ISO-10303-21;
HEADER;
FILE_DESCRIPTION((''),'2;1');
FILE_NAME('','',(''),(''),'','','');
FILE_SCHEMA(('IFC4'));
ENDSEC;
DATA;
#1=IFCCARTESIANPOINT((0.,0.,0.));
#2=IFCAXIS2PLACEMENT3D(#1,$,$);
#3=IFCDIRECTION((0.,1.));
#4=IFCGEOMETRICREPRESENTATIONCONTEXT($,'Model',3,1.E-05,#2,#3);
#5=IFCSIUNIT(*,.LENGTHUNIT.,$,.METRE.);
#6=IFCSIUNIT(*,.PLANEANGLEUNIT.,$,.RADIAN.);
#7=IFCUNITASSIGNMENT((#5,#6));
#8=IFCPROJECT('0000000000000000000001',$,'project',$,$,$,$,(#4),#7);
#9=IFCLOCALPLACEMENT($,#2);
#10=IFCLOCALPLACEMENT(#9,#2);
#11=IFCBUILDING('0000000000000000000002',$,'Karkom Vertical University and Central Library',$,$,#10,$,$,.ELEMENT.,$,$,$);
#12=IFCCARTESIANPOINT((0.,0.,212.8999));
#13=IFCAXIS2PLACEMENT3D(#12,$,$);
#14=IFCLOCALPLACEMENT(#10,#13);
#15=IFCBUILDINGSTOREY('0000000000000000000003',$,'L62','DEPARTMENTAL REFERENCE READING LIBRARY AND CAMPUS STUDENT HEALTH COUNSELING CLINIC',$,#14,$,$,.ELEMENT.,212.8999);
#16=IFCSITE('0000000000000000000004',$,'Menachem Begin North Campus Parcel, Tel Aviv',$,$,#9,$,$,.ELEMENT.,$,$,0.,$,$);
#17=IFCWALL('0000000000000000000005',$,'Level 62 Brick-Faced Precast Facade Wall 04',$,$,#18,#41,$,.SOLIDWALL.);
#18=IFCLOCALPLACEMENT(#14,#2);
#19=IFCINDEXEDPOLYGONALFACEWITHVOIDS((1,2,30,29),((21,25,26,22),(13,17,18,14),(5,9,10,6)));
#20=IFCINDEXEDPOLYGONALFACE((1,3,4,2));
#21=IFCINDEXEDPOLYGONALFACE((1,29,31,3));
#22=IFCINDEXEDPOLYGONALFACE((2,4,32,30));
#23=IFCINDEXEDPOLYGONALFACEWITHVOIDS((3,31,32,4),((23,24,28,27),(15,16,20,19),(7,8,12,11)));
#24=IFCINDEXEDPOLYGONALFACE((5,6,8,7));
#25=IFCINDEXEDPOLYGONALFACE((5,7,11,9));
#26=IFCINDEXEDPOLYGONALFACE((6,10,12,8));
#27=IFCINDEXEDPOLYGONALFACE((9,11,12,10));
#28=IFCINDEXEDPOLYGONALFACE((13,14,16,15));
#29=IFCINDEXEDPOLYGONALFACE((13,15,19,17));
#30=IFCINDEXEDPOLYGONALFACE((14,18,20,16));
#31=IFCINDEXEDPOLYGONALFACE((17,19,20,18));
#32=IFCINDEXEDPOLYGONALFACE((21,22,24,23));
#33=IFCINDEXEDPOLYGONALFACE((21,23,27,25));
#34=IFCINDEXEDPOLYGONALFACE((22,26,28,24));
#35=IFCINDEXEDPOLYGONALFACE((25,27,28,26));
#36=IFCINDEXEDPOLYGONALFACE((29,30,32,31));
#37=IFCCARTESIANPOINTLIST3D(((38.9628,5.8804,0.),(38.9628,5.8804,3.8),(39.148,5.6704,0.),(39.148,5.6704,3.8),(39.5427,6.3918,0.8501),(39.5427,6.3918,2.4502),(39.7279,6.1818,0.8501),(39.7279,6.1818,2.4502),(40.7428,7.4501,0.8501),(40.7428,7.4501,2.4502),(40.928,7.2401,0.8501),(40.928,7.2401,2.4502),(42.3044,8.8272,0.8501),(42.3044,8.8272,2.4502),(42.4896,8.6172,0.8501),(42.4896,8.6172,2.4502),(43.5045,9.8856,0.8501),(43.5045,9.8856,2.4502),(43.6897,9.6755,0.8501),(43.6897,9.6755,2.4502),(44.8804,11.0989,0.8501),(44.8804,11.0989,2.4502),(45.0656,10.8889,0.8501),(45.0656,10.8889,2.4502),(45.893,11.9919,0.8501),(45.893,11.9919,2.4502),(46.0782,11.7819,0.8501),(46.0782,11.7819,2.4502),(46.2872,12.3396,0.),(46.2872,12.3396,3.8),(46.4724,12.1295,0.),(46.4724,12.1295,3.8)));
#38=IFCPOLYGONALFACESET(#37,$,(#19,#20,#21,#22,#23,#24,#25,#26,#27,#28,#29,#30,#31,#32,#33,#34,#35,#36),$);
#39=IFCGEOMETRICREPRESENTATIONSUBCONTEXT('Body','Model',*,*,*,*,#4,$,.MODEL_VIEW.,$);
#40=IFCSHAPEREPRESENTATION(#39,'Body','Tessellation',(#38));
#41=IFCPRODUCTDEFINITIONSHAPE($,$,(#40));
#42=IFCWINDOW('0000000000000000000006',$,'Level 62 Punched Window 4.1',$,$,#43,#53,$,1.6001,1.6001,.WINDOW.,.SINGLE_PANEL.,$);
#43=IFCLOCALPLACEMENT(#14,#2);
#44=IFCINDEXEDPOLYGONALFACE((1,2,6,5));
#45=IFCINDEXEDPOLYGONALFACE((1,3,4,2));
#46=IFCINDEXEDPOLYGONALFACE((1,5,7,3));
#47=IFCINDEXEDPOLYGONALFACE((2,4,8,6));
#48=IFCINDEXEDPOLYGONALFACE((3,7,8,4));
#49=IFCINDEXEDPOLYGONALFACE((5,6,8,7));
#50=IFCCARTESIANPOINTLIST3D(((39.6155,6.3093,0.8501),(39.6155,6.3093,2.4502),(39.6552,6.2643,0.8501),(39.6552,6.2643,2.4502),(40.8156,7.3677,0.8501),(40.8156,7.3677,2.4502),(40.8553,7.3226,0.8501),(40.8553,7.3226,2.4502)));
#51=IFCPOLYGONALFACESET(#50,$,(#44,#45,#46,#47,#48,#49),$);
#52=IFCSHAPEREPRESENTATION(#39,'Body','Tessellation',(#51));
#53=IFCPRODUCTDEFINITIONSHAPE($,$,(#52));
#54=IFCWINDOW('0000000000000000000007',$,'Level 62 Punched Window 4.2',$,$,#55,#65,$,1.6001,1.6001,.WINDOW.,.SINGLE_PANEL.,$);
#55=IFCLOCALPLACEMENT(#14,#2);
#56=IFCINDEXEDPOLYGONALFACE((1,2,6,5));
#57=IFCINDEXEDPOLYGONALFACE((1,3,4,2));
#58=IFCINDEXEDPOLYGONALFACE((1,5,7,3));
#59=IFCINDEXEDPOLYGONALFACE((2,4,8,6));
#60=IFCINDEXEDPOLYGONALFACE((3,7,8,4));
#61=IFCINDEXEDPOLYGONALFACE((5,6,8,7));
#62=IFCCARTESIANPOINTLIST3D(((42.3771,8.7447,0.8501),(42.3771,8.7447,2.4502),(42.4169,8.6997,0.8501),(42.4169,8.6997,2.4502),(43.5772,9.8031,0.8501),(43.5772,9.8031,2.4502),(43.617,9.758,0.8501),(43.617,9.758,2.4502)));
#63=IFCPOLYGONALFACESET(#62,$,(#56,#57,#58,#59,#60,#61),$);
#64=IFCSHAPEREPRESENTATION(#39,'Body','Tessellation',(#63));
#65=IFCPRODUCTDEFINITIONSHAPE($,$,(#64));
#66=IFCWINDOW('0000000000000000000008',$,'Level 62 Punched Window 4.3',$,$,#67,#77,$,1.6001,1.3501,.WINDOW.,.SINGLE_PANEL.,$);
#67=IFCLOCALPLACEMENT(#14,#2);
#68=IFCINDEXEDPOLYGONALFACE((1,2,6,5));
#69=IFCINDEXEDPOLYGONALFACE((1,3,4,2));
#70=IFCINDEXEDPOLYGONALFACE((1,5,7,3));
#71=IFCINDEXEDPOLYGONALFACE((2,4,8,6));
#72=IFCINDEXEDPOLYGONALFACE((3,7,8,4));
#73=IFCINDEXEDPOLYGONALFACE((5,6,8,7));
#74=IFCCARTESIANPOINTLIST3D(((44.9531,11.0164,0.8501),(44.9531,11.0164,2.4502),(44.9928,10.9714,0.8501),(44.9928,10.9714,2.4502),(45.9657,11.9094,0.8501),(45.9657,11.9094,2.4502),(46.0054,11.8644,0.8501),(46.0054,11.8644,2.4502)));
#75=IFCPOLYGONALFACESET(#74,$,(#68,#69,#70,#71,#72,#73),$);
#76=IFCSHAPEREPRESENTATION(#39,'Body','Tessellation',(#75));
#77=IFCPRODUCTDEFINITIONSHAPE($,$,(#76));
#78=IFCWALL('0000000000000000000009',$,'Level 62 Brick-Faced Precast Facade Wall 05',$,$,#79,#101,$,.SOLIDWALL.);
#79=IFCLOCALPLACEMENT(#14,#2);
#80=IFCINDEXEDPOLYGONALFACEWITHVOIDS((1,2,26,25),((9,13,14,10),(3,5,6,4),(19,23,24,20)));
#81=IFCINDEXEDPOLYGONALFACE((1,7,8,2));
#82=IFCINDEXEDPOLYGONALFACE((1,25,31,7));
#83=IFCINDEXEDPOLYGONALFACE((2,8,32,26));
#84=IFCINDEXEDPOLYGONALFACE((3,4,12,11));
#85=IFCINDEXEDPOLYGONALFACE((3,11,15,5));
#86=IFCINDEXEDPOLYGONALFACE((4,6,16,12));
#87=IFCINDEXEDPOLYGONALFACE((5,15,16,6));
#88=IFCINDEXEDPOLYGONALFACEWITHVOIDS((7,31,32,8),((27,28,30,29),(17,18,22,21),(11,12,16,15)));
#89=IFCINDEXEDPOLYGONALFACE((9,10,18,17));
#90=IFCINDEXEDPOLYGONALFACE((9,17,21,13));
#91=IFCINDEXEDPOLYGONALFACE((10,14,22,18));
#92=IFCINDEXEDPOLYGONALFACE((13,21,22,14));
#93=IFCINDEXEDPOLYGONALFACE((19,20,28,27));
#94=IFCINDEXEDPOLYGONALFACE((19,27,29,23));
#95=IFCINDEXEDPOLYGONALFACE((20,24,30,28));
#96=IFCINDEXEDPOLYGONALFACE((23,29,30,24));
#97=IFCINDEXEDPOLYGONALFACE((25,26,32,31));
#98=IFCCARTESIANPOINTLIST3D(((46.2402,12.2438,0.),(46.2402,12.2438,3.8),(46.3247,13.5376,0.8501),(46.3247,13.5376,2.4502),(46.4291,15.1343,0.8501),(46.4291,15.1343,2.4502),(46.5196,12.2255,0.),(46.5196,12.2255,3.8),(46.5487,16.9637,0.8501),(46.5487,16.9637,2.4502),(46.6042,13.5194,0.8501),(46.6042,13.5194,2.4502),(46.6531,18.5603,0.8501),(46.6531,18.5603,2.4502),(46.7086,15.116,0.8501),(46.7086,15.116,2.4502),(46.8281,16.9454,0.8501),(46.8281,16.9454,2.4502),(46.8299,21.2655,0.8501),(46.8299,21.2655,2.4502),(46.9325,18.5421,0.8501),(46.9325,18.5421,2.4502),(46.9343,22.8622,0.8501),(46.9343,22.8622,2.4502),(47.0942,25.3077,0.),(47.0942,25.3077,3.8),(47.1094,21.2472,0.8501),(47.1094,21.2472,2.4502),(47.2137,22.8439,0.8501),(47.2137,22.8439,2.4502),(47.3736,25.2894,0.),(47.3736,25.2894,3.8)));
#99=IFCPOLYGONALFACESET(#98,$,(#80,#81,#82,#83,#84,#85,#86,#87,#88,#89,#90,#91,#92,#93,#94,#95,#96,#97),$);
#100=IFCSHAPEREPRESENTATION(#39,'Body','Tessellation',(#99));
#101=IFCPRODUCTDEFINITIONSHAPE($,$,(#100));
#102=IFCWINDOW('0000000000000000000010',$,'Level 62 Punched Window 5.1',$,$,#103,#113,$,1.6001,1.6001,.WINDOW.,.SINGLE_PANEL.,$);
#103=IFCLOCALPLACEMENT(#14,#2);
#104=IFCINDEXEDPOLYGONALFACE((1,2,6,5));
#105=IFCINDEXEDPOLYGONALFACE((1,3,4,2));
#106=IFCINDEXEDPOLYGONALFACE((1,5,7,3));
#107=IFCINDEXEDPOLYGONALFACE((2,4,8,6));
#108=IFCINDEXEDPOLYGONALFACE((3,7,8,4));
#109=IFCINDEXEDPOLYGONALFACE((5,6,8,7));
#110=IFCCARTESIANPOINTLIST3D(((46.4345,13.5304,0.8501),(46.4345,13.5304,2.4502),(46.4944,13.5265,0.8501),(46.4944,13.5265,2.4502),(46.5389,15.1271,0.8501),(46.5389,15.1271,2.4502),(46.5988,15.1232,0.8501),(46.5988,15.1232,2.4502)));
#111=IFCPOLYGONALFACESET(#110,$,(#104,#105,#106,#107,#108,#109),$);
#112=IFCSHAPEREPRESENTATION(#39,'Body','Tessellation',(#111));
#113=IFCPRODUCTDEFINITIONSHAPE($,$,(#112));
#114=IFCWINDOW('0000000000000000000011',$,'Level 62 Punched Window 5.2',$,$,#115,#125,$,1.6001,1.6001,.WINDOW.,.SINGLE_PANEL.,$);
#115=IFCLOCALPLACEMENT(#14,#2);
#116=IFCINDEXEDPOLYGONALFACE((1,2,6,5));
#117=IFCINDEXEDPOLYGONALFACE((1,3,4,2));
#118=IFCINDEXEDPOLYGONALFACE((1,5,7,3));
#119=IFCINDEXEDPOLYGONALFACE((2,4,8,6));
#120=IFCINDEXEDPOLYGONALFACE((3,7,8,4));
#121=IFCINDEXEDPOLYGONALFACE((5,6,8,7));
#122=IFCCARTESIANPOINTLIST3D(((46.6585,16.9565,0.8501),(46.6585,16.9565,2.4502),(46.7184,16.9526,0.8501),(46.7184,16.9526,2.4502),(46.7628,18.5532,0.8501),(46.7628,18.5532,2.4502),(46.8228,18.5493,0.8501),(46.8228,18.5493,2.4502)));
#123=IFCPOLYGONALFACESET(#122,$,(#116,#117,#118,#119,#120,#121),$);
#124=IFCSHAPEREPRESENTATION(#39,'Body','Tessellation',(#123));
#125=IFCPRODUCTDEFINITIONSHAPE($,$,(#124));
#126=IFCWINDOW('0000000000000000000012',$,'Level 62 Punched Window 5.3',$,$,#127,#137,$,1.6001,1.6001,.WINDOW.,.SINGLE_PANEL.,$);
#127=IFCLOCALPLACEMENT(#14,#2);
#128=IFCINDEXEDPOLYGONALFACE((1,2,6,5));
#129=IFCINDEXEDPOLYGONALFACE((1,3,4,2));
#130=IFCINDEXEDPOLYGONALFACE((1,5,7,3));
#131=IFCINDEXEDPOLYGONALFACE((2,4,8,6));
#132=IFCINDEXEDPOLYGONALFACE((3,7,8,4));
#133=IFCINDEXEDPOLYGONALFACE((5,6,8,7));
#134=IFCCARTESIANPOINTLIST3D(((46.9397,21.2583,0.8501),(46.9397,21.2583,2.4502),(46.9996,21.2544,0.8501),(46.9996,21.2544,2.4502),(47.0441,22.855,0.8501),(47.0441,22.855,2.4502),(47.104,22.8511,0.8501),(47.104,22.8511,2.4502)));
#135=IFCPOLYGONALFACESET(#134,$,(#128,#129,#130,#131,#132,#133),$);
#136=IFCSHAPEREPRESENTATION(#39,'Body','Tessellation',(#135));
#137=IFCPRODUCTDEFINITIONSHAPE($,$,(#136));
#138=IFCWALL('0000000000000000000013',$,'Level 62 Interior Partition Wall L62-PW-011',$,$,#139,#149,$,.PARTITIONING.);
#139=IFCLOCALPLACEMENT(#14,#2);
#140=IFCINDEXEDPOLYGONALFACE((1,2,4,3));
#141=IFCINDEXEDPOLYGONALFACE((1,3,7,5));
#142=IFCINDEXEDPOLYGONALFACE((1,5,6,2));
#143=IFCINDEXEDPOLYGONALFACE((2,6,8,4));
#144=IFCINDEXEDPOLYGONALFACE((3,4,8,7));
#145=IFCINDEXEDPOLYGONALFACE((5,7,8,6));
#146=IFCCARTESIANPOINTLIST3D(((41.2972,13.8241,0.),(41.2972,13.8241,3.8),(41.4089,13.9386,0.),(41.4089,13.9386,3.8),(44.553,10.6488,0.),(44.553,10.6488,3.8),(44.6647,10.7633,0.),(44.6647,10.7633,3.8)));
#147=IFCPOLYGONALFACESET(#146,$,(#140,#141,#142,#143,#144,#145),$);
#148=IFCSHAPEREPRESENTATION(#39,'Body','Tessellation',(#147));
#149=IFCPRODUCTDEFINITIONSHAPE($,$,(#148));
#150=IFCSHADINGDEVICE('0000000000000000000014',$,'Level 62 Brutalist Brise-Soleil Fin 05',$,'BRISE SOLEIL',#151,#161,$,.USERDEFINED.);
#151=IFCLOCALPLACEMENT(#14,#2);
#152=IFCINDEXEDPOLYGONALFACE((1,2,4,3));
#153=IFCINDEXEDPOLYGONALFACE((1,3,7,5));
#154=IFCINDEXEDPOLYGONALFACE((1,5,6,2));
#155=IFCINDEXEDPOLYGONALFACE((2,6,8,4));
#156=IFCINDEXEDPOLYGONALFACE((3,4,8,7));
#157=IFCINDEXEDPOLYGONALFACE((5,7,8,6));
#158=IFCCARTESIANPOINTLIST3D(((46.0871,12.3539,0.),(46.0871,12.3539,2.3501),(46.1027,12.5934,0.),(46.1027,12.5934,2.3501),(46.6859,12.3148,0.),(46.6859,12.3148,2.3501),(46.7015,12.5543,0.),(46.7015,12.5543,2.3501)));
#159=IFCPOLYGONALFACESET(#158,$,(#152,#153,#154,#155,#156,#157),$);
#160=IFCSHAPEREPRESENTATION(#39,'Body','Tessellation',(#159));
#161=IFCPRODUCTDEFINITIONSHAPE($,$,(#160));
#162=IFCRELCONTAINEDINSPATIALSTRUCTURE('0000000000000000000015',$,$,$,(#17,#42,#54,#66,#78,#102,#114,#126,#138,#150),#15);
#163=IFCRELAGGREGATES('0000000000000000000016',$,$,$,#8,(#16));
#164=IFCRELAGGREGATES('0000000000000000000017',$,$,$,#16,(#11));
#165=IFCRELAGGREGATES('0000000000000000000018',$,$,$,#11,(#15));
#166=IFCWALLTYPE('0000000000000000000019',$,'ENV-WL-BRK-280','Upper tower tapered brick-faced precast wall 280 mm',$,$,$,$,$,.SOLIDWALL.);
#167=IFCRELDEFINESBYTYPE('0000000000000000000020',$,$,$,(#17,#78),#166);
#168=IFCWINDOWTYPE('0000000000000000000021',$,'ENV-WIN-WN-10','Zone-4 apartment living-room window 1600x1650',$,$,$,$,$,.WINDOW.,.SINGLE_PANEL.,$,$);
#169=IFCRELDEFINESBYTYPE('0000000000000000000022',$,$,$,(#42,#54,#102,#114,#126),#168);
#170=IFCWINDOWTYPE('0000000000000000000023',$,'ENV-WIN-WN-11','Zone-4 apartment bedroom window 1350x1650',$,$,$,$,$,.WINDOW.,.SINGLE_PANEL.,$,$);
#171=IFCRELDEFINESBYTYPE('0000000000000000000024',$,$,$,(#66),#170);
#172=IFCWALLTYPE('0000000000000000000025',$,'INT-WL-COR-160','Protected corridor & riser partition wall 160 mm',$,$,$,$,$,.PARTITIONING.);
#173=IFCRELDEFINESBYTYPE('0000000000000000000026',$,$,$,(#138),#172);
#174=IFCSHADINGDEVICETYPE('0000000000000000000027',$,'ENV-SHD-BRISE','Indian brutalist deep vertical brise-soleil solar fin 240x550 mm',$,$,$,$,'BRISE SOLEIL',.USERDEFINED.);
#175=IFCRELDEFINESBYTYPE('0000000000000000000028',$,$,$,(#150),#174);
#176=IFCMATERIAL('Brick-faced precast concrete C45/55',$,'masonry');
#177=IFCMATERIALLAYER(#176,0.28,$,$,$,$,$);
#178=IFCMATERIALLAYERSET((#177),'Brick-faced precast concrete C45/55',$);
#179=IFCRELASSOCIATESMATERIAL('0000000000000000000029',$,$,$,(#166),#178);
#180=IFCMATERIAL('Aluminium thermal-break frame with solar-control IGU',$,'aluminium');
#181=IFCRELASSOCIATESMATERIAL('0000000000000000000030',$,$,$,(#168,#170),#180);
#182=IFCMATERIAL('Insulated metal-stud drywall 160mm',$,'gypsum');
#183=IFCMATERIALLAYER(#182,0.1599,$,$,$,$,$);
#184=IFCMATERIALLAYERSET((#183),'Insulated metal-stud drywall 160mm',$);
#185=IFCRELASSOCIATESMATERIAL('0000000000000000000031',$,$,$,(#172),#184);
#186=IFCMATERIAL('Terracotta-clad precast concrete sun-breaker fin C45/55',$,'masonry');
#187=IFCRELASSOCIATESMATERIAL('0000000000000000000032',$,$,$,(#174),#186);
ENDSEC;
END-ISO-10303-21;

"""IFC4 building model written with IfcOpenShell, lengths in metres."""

from ifc_helpers import new_model, si_unit, direction, frame, frame_2d, origin, origin_with_axes, origin_2d, place, context, subcontext, project, spatial, rectangle, extrude, source, transform, mapped, material, layer, layer_set, type_object, element, fill, save


model = new_model("IFC4")

# Units and contexts
model_context = context("Model", 3, precision=1e-05, world=origin(), true_north=direction((0.0, 1.0)))
body_context = subcontext(model_context, "Body", "Model", "MODEL_VIEW")
ifc_project = project(units=[si_unit("LENGTHUNIT", "METRE"), si_unit("PLANEANGLEUNIT", "RADIAN")], contexts=[model_context])

# Site, building, storey
site_placement = place(None, origin())
site = spatial("IfcSite", under=ifc_project, at=site_placement, Name="Menachem Begin North Campus Parcel, Tel Aviv", CompositionType="ELEMENT", RefElevation=0.0)
building_placement = place(site_placement, origin())
building = spatial("IfcBuilding", under=site, at=building_placement, Name="Karkom Vertical University and Central Library", CompositionType="ELEMENT")
storey_placement = place(building_placement, frame((0.0, 0.0, 212.8999)))
storey = spatial("IfcBuildingStorey", under=building, at=storey_placement, Name="L62", Description="DEPARTMENTAL REFERENCE READING LIBRARY AND CAMPUS STUDENT HEALTH COUNSELING CLINIC", CompositionType="ELEMENT", Elevation=212.8999)

# Walls, openings, windows
ifc_material_1 = material(Name="Brick-faced precast concrete C45/55", Category="masonry")
ifc_layer_1 = layer(ifc_material_1, 0.28)
ifc_layer_set_1 = layer_set([ifc_layer_1], Name="Brick-faced precast concrete C45/55")
wall_type_1 = type_object("IfcWallType", Name="ENV-WL-BRK-280", Description="Upper tower tapered brick-faced precast wall 280 mm", PredefinedType="SOLIDWALL", material=ifc_layer_set_1)
wall_1_placement = place(storey_placement, frame((39.0554, 5.7754, 0.0), z_axis=(0.0, 0.0, 1.0), x_axis=(0.750017, 0.661418, 0.0)))
wall_1 = element("IfcWall", 1, at=wall_1_placement, inside=storey, type_object=wall_type_1, Name="Level 62 Brick-Faced Precast Facade Wall 04", PredefinedType="SOLIDWALL", context=body_context, shape_type="SweptSolid", body=[
    extrude(rectangle(XDim=9.7656, YDim=0.28, at=frame_2d((4.8828, 0.0))), origin(), (0.0, 0.0, 1.0), 3.8),
])
opening_1_placement = place(wall_1_placement, frame((0.7732, 0.0, 0.8501)))
opening_1 = element("IfcOpeningElement", 2, at=opening_1_placement, cuts=wall_1, PredefinedType="OPENING", context=body_context, shape_type="SweptSolid", body=[
    extrude(rectangle(XDim=1.6001, YDim=1.6001, at=frame_2d((0.8, 0.8))), frame((0.0, 0.1499, 0.0), z_axis=(0.0, -1.0, 0.0), x_axis=(1.0, 0.0, 0.0)), (0.0, 0.0, 1.0), 0.3),
])
opening_2_placement = place(wall_1_placement, frame((4.4553, 0.0, 0.8501)))
opening_2 = element("IfcOpeningElement", 3, at=opening_2_placement, cuts=wall_1, PredefinedType="OPENING", context=body_context, shape_type="SweptSolid", body=[
    extrude(rectangle(XDim=1.6001, YDim=1.6001, at=frame_2d((0.8, 0.8))), frame((0.0, 0.1499, 0.0), z_axis=(0.0, -1.0, 0.0), x_axis=(1.0, 0.0, 0.0)), (0.0, 0.0, 1.0), 0.3),
])
opening_3_placement = place(wall_1_placement, frame((7.8899, 0.0, 0.8501)))
opening_3 = element("IfcOpeningElement", 4, at=opening_3_placement, cuts=wall_1, PredefinedType="OPENING", context=body_context, shape_type="SweptSolid", body=[
    extrude(rectangle(XDim=1.3501, YDim=1.6001, at=frame_2d((0.675, 0.8))), frame((0.0, 0.1499, 0.0), z_axis=(0.0, -1.0, 0.0), x_axis=(1.0, 0.0, 0.0)), (0.0, 0.0, 1.0), 0.3),
])
ifc_material_2 = material(Name="Aluminium thermal-break frame with solar-control IGU", Category="aluminium")
window_type_1 = type_object("IfcWindowType", Name="ENV-WIN-WN-10", Description="Zone-4 apartment living-room window 1600x1650", PartitioningType="SINGLE_PANEL", PredefinedType="WINDOW", material=ifc_material_2)
shared_shape_1 = source(origin_with_axes(), body_context, "Body", "SweptSolid", [
    extrude(rectangle(XDim=1.6001, YDim=1.6001, at=frame_2d((0.8, 0.8))), frame((0.0, 0.03, 0.0), z_axis=(0.0, -1.0, 0.0), x_axis=(1.0, 0.0, 0.0)), (0.0, 0.0, 1.0), 0.0601),
])
window_1_placement = place(opening_1_placement, origin())
window_1 = element("IfcWindow", 5, at=window_1_placement, inside=storey, type_object=window_type_1, Name="Level 62 Punched Window 4.1", OverallHeight=1.6001, OverallWidth=1.6001, PartitioningType="SINGLE_PANEL", PredefinedType="WINDOW", context=body_context, shape_type="MappedRepresentation", body=[
    mapped(shared_shape_1, transform((0.0, 0.0, 0.0), scale=1.0)),
])
fill(opening_1, window_1)
window_2_placement = place(opening_2_placement, origin())
window_2 = element("IfcWindow", 6, at=window_2_placement, inside=storey, type_object=window_type_1, Name="Level 62 Punched Window 4.2", OverallHeight=1.6001, OverallWidth=1.6001, PartitioningType="SINGLE_PANEL", PredefinedType="WINDOW", context=body_context, shape_type="MappedRepresentation", body=[
    mapped(shared_shape_1, transform((0.0, 0.0, 0.0), scale=1.0)),
])
fill(opening_2, window_2)
window_type_2 = type_object("IfcWindowType", Name="ENV-WIN-WN-11", Description="Zone-4 apartment bedroom window 1350x1650", PartitioningType="SINGLE_PANEL", PredefinedType="WINDOW", material=ifc_material_2)
shared_shape_2 = source(origin_with_axes(), body_context, "Body", "SweptSolid", [
    extrude(rectangle(XDim=1.3501, YDim=1.6001, at=frame_2d((0.675, 0.8))), frame((0.0, 0.03, 0.0), z_axis=(0.0, -1.0, 0.0), x_axis=(1.0, 0.0, 0.0)), (0.0, 0.0, 1.0), 0.0601),
])
window_3_placement = place(opening_3_placement, origin())
window_3 = element("IfcWindow", 7, at=window_3_placement, inside=storey, type_object=window_type_2, Name="Level 62 Punched Window 4.3", OverallHeight=1.6001, OverallWidth=1.3501, PartitioningType="SINGLE_PANEL", PredefinedType="WINDOW", context=body_context, shape_type="MappedRepresentation", body=[
    mapped(shared_shape_2, transform((0.0, 0.0, 0.0), scale=1.0)),
])
fill(opening_3, window_3)
wall_2_placement = place(storey_placement, frame((46.3799, 12.2346, 0.0), z_axis=(0.0, 0.0, 1.0), x_axis=(0.065232, 0.99787, 0.0)))
wall_2 = element("IfcWall", 8, at=wall_2_placement, inside=storey, type_object=wall_type_1, Name="Level 62 Brick-Faced Precast Facade Wall 05", PredefinedType="SOLIDWALL", context=body_context, shape_type="SweptSolid", body=[
    extrude(rectangle(XDim=13.0918, YDim=0.28, at=frame_2d((6.5459, 0.0))), origin(), (0.0, 0.0, 1.0), 3.8),
])
opening_4_placement = place(wall_2_placement, frame((1.2966, 0.0, 0.8501)))
opening_4 = element("IfcOpeningElement", 9, at=opening_4_placement, cuts=wall_2, PredefinedType="OPENING", context=body_context, shape_type="SweptSolid", body=[
    extrude(rectangle(XDim=1.6001, YDim=1.6001, at=frame_2d((0.8, 0.8))), frame((0.0, 0.1499, 0.0), z_axis=(0.0, -1.0, 0.0), x_axis=(1.0, 0.0, 0.0)), (0.0, 0.0, 1.0), 0.3),
])
opening_5_placement = place(wall_2_placement, frame((4.73, 0.0, 0.8501)))
opening_5 = element("IfcOpeningElement", 10, at=opening_5_placement, cuts=wall_2, PredefinedType="OPENING", context=body_context, shape_type="SweptSolid", body=[
    extrude(rectangle(XDim=1.6001, YDim=1.6001, at=frame_2d((0.8, 0.8))), frame((0.0, 0.1499, 0.0), z_axis=(0.0, -1.0, 0.0), x_axis=(1.0, 0.0, 0.0)), (0.0, 0.0, 1.0), 0.3),
])
opening_6_placement = place(wall_2_placement, frame((9.041, 0.0, 0.8501)))
opening_6 = element("IfcOpeningElement", 11, at=opening_6_placement, cuts=wall_2, PredefinedType="OPENING", context=body_context, shape_type="SweptSolid", body=[
    extrude(rectangle(XDim=1.6001, YDim=1.6001, at=frame_2d((0.8, 0.8))), frame((0.0, 0.1499, 0.0), z_axis=(0.0, -1.0, 0.0), x_axis=(1.0, 0.0, 0.0)), (0.0, 0.0, 1.0), 0.3),
])
window_4_placement = place(opening_4_placement, origin())
window_4 = element("IfcWindow", 12, at=window_4_placement, inside=storey, type_object=window_type_1, Name="Level 62 Punched Window 5.1", OverallHeight=1.6001, OverallWidth=1.6001, PartitioningType="SINGLE_PANEL", PredefinedType="WINDOW", context=body_context, shape_type="MappedRepresentation", body=[
    mapped(shared_shape_1, transform((0.0, 0.0, 0.0), scale=1.0)),
])
fill(opening_4, window_4)
window_5_placement = place(opening_5_placement, origin())
window_5 = element("IfcWindow", 13, at=window_5_placement, inside=storey, type_object=window_type_1, Name="Level 62 Punched Window 5.2", OverallHeight=1.6001, OverallWidth=1.6001, PartitioningType="SINGLE_PANEL", PredefinedType="WINDOW", context=body_context, shape_type="MappedRepresentation", body=[
    mapped(shared_shape_1, transform((0.0, 0.0, 0.0), scale=1.0)),
])
fill(opening_5, window_5)
window_6_placement = place(opening_6_placement, origin())
window_6 = element("IfcWindow", 14, at=window_6_placement, inside=storey, type_object=window_type_1, Name="Level 62 Punched Window 5.3", OverallHeight=1.6001, OverallWidth=1.6001, PartitioningType="SINGLE_PANEL", PredefinedType="WINDOW", context=body_context, shape_type="MappedRepresentation", body=[
    mapped(shared_shape_1, transform((0.0, 0.0, 0.0), scale=1.0)),
])
fill(opening_6, window_6)

# Shared definitions
ifc_material_3 = material(Name="Insulated metal-stud drywall 160mm", Category="gypsum")
ifc_layer_2 = layer(ifc_material_3, 0.1599)
ifc_layer_set_2 = layer_set([ifc_layer_2], Name="Insulated metal-stud drywall 160mm")
wall_type_2 = type_object("IfcWallType", Name="INT-WL-COR-160", Description="Protected corridor & riser partition wall 160 mm", PredefinedType="PARTITIONING", material=ifc_layer_set_2)

# Wall
wall_3_placement = place(storey_placement, frame((41.353, 13.8813, 0.0), z_axis=(0.0, 0.0, 1.0), x_axis=(0.715909, -0.698194, 0.0)))
element("IfcWall", 15, at=wall_3_placement, inside=storey, type_object=wall_type_2, Name="Level 62 Interior Partition Wall L62-PW-011", PredefinedType="PARTITIONING", context=body_context, shape_type="SweptSolid", body=[
    extrude(rectangle(XDim=4.5479, YDim=0.1599, at=frame_2d((2.2739, 0.0))), origin(), (0.0, 0.0, 1.0), 3.8),
])

# Shading device
ifc_material_4 = material(Name="Terracotta-clad precast concrete sun-breaker fin C45/55", Category="masonry")
shading_device_type = type_object("IfcShadingDeviceType", Name="ENV-SHD-BRISE", Description="Indian brutalist deep vertical brise-soleil solar fin 240x550 mm", ElementType="BRISE SOLEIL", PredefinedType="USERDEFINED", material=ifc_material_4)
shared_shape_3 = source(origin_with_axes(), body_context, "Body", "SweptSolid", [
    extrude(rectangle(XDim=0.24, YDim=0.6001, at=origin_2d()), origin(), (0.0, 0.0, 1.0), 2.3501),
])
shading_device_placement = place(storey_placement, frame((46.3943, 12.4541, 0.0), z_axis=(0.0, 0.0, 1.0), x_axis=(0.065229, 0.99787, 0.0)))
element("IfcShadingDevice", 16, at=shading_device_placement, inside=storey, type_object=shading_device_type, Name="Level 62 Brutalist Brise-Soleil Fin 05", ObjectType="BRISE SOLEIL", PredefinedType="USERDEFINED", context=body_context, shape_type="MappedRepresentation", body=[
    mapped(shared_shape_3, transform((0.0, 0.0, 0.0), scale=1.0)),
])

save(model, "model.ifc")
